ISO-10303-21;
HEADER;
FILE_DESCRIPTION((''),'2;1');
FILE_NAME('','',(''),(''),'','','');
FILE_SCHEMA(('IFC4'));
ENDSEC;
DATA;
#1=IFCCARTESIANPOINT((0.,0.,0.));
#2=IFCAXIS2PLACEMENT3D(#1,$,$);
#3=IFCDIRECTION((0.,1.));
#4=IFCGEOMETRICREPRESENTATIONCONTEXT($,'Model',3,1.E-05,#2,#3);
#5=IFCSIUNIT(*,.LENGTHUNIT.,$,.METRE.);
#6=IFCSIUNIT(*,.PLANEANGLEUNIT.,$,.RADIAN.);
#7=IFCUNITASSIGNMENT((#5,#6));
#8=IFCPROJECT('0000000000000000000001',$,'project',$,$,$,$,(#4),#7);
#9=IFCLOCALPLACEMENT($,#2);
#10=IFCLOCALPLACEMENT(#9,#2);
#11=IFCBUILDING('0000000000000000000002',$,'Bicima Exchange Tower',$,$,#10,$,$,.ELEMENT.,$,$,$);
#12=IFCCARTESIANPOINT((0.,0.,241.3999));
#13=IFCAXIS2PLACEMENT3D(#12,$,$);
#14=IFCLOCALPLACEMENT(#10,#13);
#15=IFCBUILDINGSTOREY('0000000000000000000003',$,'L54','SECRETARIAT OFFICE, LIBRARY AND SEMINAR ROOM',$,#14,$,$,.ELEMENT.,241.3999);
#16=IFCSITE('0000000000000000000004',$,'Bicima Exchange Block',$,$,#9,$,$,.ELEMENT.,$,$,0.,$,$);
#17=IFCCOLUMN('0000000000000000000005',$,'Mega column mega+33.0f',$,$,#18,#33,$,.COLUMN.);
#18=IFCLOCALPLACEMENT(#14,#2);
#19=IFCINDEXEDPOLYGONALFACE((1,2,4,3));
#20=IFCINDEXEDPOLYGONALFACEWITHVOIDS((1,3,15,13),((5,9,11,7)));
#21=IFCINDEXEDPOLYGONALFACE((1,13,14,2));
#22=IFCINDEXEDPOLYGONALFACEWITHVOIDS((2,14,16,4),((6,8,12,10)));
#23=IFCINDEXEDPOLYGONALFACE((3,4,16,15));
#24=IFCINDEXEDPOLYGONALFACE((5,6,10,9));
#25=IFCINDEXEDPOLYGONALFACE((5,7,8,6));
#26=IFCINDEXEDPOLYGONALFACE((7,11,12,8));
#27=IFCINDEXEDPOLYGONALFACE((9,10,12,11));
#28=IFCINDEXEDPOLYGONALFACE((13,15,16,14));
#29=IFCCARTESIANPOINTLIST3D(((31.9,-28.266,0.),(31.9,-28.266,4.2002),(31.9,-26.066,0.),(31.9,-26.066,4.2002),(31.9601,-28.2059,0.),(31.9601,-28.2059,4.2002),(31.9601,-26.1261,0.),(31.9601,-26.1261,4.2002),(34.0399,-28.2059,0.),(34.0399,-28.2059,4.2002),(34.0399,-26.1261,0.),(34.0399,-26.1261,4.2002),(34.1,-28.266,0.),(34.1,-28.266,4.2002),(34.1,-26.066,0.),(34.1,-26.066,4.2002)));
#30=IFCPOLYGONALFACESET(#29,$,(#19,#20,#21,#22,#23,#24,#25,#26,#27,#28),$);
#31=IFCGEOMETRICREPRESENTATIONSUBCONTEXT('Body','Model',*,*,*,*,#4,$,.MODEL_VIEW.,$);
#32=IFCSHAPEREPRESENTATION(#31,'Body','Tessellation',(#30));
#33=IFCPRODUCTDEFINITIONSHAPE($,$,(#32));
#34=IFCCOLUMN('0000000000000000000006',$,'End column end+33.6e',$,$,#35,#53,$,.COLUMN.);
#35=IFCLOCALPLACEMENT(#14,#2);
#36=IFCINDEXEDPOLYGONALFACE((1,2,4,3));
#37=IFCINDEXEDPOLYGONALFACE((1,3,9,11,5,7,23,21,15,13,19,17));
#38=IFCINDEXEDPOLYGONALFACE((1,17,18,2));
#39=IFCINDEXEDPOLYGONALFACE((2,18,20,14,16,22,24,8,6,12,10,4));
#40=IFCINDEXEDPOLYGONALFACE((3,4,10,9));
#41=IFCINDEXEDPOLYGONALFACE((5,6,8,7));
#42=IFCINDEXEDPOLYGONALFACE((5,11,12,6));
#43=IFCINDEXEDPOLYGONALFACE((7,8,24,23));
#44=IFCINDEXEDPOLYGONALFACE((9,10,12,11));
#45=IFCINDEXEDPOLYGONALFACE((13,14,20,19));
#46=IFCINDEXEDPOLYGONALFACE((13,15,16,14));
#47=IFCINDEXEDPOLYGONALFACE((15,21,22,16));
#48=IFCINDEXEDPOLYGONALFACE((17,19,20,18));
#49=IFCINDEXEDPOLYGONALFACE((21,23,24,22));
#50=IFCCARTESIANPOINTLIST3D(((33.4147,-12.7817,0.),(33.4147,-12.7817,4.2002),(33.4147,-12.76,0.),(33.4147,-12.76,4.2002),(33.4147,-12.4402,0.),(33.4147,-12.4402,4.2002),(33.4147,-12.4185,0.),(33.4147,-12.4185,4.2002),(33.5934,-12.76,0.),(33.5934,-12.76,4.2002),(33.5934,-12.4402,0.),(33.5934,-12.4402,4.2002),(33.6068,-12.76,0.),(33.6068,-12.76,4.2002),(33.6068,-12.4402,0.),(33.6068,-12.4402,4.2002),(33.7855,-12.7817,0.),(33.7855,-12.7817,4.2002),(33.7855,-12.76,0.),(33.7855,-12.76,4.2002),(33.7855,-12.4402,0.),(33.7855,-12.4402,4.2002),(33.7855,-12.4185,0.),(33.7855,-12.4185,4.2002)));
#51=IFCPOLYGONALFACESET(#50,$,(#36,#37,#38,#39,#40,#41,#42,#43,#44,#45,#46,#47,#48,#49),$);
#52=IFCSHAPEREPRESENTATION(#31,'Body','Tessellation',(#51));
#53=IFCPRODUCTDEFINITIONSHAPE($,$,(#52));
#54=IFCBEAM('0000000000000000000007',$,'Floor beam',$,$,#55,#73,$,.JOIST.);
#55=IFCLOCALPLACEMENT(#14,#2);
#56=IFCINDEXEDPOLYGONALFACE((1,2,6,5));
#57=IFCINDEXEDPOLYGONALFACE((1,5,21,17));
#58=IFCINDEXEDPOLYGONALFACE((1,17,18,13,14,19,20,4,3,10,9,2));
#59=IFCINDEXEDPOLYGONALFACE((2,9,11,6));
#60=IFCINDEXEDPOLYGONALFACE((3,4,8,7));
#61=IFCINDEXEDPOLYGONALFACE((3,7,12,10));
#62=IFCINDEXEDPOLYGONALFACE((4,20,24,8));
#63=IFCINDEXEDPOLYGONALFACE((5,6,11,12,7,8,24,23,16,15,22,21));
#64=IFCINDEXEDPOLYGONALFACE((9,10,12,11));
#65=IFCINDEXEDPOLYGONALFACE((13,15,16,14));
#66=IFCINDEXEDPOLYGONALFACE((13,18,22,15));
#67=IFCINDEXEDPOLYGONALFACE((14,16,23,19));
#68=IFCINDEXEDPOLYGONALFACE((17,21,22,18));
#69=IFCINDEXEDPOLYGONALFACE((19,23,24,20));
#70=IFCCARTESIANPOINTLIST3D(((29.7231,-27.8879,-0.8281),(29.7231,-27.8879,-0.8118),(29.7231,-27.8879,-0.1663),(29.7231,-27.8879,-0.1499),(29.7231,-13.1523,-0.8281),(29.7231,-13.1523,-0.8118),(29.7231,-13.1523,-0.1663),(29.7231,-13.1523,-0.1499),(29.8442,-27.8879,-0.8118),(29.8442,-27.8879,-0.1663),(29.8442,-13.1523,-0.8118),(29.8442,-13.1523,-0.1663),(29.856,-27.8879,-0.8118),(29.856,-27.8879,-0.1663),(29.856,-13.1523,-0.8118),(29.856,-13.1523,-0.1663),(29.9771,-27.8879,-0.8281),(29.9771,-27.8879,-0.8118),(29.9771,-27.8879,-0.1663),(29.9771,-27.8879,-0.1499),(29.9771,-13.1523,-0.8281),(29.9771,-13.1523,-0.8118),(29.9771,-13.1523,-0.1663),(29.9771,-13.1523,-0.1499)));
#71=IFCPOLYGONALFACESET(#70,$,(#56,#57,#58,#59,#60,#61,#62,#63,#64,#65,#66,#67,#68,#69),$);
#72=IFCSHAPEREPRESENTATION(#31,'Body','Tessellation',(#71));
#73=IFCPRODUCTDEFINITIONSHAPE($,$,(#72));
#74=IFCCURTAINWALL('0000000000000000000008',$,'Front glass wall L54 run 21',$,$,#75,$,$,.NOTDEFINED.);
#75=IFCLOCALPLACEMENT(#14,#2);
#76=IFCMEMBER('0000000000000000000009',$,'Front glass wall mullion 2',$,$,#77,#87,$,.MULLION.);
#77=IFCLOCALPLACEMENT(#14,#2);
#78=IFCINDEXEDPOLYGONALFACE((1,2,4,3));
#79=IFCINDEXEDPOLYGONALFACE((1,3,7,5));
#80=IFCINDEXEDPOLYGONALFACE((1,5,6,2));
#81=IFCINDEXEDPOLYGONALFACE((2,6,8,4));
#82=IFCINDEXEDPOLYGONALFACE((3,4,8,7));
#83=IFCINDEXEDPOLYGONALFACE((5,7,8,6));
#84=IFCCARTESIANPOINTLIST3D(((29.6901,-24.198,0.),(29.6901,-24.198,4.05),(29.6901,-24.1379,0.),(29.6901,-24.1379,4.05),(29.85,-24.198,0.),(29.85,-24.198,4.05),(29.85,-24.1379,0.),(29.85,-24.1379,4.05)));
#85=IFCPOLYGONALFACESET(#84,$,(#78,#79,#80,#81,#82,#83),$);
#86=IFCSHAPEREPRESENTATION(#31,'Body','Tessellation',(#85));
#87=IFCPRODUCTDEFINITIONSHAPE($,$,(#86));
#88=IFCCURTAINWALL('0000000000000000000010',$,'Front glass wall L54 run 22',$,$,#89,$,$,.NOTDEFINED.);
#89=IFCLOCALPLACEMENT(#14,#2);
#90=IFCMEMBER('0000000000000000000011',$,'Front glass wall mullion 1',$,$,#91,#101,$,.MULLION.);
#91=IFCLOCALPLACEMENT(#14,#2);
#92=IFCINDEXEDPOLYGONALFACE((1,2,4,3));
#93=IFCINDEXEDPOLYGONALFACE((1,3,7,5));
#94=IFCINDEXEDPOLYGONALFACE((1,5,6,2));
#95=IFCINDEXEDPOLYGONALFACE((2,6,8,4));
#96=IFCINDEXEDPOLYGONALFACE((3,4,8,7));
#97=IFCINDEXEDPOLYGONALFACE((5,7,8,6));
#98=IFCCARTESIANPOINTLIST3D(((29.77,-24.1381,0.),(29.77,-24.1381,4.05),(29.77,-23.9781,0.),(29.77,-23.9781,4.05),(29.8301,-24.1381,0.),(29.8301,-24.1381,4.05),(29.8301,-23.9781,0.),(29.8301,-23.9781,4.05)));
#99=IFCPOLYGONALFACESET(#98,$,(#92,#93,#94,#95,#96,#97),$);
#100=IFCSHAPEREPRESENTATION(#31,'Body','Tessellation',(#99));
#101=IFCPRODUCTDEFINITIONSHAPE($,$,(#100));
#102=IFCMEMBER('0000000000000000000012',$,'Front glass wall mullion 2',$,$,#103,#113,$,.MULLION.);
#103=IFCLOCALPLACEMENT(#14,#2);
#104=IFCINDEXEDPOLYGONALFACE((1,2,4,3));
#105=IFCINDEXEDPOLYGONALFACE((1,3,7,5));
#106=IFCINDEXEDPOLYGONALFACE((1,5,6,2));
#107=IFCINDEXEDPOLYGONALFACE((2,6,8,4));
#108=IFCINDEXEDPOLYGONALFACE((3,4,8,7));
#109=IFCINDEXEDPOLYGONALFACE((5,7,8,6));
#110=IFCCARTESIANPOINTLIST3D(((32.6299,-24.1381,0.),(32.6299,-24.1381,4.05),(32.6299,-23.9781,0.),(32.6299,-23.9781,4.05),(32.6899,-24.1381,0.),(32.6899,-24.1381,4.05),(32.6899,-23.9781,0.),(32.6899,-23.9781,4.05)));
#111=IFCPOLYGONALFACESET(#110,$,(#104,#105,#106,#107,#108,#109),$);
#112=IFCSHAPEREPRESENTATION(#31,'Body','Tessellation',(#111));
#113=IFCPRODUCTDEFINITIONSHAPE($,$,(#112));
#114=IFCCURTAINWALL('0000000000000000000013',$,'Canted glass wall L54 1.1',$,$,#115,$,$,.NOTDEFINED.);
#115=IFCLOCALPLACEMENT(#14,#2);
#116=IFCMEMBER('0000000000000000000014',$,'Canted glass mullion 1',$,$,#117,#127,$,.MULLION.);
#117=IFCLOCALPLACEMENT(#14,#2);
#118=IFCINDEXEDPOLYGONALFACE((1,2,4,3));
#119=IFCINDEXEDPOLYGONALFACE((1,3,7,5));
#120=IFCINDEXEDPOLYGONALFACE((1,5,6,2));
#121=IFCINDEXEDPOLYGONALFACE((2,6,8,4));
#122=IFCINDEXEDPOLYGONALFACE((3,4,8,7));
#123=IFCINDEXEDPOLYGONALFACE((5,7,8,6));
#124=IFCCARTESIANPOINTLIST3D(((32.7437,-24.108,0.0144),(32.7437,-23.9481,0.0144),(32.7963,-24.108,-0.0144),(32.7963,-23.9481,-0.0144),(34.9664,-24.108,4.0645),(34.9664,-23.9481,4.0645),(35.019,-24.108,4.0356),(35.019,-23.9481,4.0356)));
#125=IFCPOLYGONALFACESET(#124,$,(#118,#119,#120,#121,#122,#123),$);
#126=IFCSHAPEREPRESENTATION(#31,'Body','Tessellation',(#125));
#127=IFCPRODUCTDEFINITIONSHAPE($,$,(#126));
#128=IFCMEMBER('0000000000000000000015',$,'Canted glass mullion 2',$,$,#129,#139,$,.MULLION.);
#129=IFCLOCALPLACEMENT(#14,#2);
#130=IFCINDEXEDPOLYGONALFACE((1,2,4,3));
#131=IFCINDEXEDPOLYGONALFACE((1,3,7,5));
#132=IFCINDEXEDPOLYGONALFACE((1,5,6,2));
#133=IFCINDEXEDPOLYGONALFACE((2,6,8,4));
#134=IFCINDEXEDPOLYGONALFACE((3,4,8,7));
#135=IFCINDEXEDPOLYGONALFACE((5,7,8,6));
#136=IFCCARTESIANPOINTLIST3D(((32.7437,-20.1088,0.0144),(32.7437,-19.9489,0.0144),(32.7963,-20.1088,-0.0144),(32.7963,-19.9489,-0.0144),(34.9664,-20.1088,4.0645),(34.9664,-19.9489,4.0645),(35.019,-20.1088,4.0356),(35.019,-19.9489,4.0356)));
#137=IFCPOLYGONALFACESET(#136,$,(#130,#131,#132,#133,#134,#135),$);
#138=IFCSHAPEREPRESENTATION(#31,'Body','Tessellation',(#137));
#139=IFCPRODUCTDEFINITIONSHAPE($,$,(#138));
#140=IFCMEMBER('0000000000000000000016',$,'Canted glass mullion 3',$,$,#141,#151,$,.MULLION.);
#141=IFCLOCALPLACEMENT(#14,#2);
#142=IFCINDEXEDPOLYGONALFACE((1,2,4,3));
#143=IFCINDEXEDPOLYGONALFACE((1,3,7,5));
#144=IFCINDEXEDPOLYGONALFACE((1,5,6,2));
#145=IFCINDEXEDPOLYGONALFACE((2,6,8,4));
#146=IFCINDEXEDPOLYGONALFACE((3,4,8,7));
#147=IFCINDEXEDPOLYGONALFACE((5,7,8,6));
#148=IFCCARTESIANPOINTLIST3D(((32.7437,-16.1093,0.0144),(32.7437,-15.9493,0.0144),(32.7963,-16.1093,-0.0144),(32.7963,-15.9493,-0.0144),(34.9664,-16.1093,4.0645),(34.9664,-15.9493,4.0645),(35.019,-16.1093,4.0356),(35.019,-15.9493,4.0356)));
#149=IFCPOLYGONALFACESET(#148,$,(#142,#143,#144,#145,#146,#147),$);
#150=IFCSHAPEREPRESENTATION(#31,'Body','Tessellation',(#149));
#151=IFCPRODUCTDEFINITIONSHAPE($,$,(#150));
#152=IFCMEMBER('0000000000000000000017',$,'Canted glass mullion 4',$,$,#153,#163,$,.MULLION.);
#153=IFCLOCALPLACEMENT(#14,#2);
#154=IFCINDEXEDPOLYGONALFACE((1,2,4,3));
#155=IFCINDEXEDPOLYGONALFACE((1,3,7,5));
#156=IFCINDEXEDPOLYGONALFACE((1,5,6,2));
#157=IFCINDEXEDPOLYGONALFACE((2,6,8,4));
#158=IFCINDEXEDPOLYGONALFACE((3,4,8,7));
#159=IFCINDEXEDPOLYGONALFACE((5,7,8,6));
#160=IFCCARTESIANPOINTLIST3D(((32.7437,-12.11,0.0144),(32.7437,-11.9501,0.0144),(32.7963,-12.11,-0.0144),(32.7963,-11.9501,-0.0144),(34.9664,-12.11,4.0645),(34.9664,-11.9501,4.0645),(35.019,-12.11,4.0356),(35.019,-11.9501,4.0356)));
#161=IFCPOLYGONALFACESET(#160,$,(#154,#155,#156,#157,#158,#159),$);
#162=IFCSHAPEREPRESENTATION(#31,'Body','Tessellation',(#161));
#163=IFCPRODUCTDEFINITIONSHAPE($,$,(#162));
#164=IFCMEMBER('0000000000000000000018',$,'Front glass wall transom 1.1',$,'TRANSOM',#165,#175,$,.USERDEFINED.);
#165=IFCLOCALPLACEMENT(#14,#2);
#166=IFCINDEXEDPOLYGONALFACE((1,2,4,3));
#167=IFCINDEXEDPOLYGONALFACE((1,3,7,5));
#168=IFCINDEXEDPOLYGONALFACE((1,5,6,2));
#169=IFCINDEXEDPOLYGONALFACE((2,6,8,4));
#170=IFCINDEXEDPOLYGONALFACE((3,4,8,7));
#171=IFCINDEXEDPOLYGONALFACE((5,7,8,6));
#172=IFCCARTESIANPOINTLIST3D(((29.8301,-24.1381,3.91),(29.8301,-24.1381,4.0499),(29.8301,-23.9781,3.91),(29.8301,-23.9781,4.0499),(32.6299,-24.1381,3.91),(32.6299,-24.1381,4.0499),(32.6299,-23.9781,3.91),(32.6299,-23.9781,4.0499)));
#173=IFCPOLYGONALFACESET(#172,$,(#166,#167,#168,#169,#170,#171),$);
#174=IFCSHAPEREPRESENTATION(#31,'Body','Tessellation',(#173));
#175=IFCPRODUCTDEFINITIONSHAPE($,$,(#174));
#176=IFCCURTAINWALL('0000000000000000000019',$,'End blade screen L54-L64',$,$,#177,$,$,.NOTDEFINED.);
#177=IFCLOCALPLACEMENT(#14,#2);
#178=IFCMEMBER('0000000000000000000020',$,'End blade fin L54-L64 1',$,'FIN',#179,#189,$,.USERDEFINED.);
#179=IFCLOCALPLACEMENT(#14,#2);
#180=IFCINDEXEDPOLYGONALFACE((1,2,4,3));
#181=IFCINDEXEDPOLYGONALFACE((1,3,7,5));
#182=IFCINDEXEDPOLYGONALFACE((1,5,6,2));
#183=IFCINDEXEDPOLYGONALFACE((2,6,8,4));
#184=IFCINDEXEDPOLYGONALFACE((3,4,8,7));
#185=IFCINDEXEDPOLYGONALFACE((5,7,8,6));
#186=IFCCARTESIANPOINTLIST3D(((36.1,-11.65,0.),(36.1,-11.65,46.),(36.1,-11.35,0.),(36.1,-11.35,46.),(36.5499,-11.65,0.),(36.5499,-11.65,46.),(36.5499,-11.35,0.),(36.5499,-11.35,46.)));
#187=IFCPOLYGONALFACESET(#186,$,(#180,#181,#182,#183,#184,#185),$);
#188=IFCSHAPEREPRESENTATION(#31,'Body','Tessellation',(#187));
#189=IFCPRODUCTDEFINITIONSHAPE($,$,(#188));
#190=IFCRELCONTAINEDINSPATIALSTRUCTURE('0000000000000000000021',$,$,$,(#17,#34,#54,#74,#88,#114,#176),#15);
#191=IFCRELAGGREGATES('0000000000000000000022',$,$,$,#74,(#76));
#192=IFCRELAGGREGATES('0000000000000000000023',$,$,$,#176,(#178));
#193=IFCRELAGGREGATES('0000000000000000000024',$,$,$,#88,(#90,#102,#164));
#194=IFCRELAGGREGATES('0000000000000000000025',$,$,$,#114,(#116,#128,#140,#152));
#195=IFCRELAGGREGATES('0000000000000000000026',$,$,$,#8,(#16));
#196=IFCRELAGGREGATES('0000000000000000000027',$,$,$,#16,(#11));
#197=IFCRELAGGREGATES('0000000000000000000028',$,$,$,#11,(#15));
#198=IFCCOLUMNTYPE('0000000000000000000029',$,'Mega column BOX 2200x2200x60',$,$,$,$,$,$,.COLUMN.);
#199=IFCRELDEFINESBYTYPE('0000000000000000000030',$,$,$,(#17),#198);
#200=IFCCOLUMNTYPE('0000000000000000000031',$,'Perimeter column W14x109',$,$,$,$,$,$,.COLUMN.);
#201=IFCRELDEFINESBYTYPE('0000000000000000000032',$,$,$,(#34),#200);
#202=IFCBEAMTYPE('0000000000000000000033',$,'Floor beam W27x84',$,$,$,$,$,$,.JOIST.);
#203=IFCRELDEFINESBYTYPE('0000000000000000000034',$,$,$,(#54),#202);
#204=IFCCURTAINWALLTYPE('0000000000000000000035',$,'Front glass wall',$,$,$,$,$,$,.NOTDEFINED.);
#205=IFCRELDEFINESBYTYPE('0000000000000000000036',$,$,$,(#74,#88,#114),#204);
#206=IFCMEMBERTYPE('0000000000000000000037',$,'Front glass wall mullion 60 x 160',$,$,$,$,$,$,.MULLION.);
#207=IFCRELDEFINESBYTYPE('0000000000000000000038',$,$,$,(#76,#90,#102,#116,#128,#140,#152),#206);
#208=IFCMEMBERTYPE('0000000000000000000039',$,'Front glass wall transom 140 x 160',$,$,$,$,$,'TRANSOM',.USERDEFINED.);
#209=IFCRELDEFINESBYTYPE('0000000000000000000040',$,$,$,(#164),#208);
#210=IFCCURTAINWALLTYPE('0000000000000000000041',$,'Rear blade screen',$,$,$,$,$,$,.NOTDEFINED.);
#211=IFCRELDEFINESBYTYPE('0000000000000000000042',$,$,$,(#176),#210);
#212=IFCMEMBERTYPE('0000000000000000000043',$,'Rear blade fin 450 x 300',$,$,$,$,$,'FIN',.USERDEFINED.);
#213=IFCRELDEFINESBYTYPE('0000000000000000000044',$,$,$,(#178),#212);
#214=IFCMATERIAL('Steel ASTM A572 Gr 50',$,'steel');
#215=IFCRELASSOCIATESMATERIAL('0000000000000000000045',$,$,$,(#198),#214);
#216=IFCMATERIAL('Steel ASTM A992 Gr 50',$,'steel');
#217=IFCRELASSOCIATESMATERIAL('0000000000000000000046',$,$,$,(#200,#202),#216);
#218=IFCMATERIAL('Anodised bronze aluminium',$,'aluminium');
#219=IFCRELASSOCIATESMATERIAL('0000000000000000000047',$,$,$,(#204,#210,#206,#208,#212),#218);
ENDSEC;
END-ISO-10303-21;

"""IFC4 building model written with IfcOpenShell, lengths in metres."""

from ifc_helpers import new_model, si_unit, direction, frame, origin, origin_2d, place, context, subcontext, project, spatial, rectangle, hollow_rectangle, i_section, extrude, material, material_profile, profile_set, type_object, element, aggregate, save


model = new_model("IFC4")

# Units and contexts
model_context = context("Model", 3, precision=1e-05, world=origin(), true_north=direction((0.0, 1.0)))
body_context = subcontext(model_context, "Body", "Model", "MODEL_VIEW")
ifc_project = project(units=[si_unit("LENGTHUNIT", "METRE"), si_unit("PLANEANGLEUNIT", "RADIAN")], contexts=[model_context])

# Site, building, storey
site_placement = place(None, origin())
site = spatial("IfcSite", under=ifc_project, at=site_placement, Name="Bicima Exchange Block", CompositionType="ELEMENT", RefElevation=0.0)
building_placement = place(site_placement, origin())
building = spatial("IfcBuilding", under=site, at=building_placement, Name="Bicima Exchange Tower", CompositionType="ELEMENT")
storey_placement = place(building_placement, frame((0.0, 0.0, 241.3999)))
storey = spatial("IfcBuildingStorey", under=building, at=storey_placement, Name="L54", Description="SECRETARIAT OFFICE, LIBRARY AND SEMINAR ROOM", CompositionType="ELEMENT", Elevation=241.3999)

# Columns
ifc_material_1 = material(Name="Steel ASTM A572 Gr 50", Category="steel")
ifc_material_profile_1 = material_profile(ifc_material_1, hollow_rectangle(XDim=2.2, YDim=2.2, WallThickness=0.0601, at=origin_2d()))
ifc_profile_set_1 = profile_set([ifc_material_profile_1], Name="Steel ASTM A572 Gr 50")
column_type_1 = type_object("IfcColumnType", Name="Mega column BOX 2200x2200x60", PredefinedType="COLUMN", material=ifc_profile_set_1)
column_1_placement = place(storey_placement, frame((33.0, -27.166, 0.0), z_axis=(0.0, 0.0, 1.0), x_axis=(1.0, 0.0, 0.0)))
element("IfcColumn", 1, at=column_1_placement, inside=storey, type_object=column_type_1, Name="Mega column mega+33.0f", PredefinedType="COLUMN", context=body_context, shape_type="SweptSolid", body=[
    extrude(hollow_rectangle(XDim=2.2, YDim=2.2, WallThickness=0.0601, at=origin_2d()), origin(), (0.0, 0.0, 1.0), 4.2002),
])
ifc_material_2 = material(Name="Steel ASTM A992 Gr 50", Category="steel")
ifc_material_profile_2 = material_profile(ifc_material_2, i_section(OverallWidth=0.3708, OverallDepth=0.3633, WebThickness=0.0134, FlangeThickness=0.0217, at=origin_2d()))
ifc_profile_set_2 = profile_set([ifc_material_profile_2], Name="Steel ASTM A992 Gr 50")
column_type_2 = type_object("IfcColumnType", Name="Perimeter column W14x109", PredefinedType="COLUMN", material=ifc_profile_set_2)
column_2_placement = place(storey_placement, frame((33.6001, -12.6001, 0.0), z_axis=(0.0, 0.0, 1.0), x_axis=(1.0, 0.0, 0.0)))
element("IfcColumn", 2, at=column_2_placement, inside=storey, type_object=column_type_2, Name="End column end+33.6e", PredefinedType="COLUMN", context=body_context, shape_type="SweptSolid", body=[
    extrude(i_section(OverallWidth=0.3708, OverallDepth=0.3633, WebThickness=0.0134, FlangeThickness=0.0217, at=origin_2d()), origin(), (0.0, 0.0, 1.0), 4.2002),
])

# Beam
ifc_material_profile_3 = material_profile(ifc_material_2, i_section(OverallWidth=0.2539, OverallDepth=0.6782, WebThickness=0.0117, FlangeThickness=0.0164, at=origin_2d()))
ifc_profile_set_3 = profile_set([ifc_material_profile_3], Name="Steel ASTM A992 Gr 50")
beam_type = type_object("IfcBeamType", Name="Floor beam W27x84", PredefinedType="JOIST", material=ifc_profile_set_3)
beam_placement = place(storey_placement, frame((29.8501, -13.1523, -0.489), z_axis=(0.0, -1.0, 0.0), x_axis=(1.0, 0.0, 0.0)))
element("IfcBeam", 3, at=beam_placement, inside=storey, type_object=beam_type, Name="Floor beam", PredefinedType="JOIST", context=body_context, shape_type="SweptSolid", body=[
    extrude(i_section(OverallWidth=0.2539, OverallDepth=0.6782, WebThickness=0.0117, FlangeThickness=0.0164, at=origin_2d()), origin(), (0.0, 0.0, 1.0), 14.7356),
])

# Curtain wall, member
ifc_material_3 = material(Name="Anodised bronze aluminium", Category="aluminium")
curtain_wall_type_1 = type_object("IfcCurtainWallType", Name="Front glass wall", PredefinedType="NOTDEFINED", material=ifc_material_3)
curtain_wall_1_placement = place(storey_placement, origin())
curtain_wall_1 = element("IfcCurtainWall", 4, at=curtain_wall_1_placement, inside=storey, type_object=curtain_wall_type_1, Name="Front glass wall L54 run 21", PredefinedType="NOTDEFINED")
ifc_material_profile_4 = material_profile(ifc_material_3, rectangle(XDim=0.1599, YDim=0.0601, at=origin_2d()))
ifc_profile_set_4 = profile_set([ifc_material_profile_4], Name="Anodised bronze aluminium")
member_type_1 = type_object("IfcMemberType", Name="Front glass wall mullion 60 x 160", PredefinedType="MULLION", material=ifc_profile_set_4)
member_1_placement = place(storey_placement, frame((29.77, -24.168, 0.0), z_axis=(0.0, 0.0, 1.0), x_axis=(-1.0, 0.0, 0.0)))
member_1 = element("IfcMember", 5, at=member_1_placement, type_object=member_type_1, Name="Front glass wall mullion 2", PredefinedType="MULLION", context=body_context, shape_type="SweptSolid", body=[
    extrude(rectangle(XDim=0.1599, YDim=0.0601, at=origin_2d()), origin(), (0.0, 0.0, 1.0), 4.05),
])
aggregate(curtain_wall_1, [member_1])

# Curtain walls, members
curtain_wall_2_placement = place(storey_placement, origin())
curtain_wall_2 = element("IfcCurtainWall", 6, at=curtain_wall_2_placement, inside=storey, type_object=curtain_wall_type_1, Name="Front glass wall L54 run 22", PredefinedType="NOTDEFINED")
member_2_placement = place(storey_placement, frame((29.8, -24.0581, 0.0), z_axis=(0.0, 0.0, 1.0), x_axis=(0.0, 1.0, 0.0)))
member_2 = element("IfcMember", 7, at=member_2_placement, type_object=member_type_1, Name="Front glass wall mullion 1", PredefinedType="MULLION", context=body_context, shape_type="SweptSolid", body=[
    extrude(rectangle(XDim=0.1599, YDim=0.0601, at=origin_2d()), origin(), (0.0, 0.0, 1.0), 4.05),
])
member_3_placement = place(storey_placement, frame((32.6599, -24.0581, 0.0), z_axis=(0.0, 0.0, 1.0), x_axis=(0.0, 1.0, 0.0)))
member_3 = element("IfcMember", 8, at=member_3_placement, type_object=member_type_1, Name="Front glass wall mullion 2", PredefinedType="MULLION", context=body_context, shape_type="SweptSolid", body=[
    extrude(rectangle(XDim=0.1599, YDim=0.0601, at=origin_2d()), origin(), (0.0, 0.0, 1.0), 4.05),
])
curtain_wall_3_placement = place(storey_placement, origin())
curtain_wall_3 = element("IfcCurtainWall", 9, at=curtain_wall_3_placement, inside=storey, type_object=curtain_wall_type_1, Name="Canted glass wall L54 1.1", PredefinedType="NOTDEFINED")
member_4_placement = place(storey_placement, frame((32.77, -24.0281, 0.0), z_axis=(0.481109, 0.0, 0.876661), x_axis=(0.0, -1.0, 0.0)))
member_4 = element("IfcMember", 10, at=member_4_placement, type_object=member_type_1, Name="Canted glass mullion 1", PredefinedType="MULLION", context=body_context, shape_type="SweptSolid", body=[
    extrude(rectangle(XDim=0.1599, YDim=0.0601, at=origin_2d()), origin(), (0.0, 0.0, 1.0), 4.6199),
])
member_5_placement = place(storey_placement, frame((32.77, -20.0288, 0.0), z_axis=(0.481109, 0.0, 0.876661), x_axis=(0.0, -1.0, 0.0)))
member_5 = element("IfcMember", 11, at=member_5_placement, type_object=member_type_1, Name="Canted glass mullion 2", PredefinedType="MULLION", context=body_context, shape_type="SweptSolid", body=[
    extrude(rectangle(XDim=0.1599, YDim=0.0601, at=origin_2d()), origin(), (0.0, 0.0, 1.0), 4.6199),
])
member_6_placement = place(storey_placement, frame((32.77, -16.0293, 0.0), z_axis=(0.481109, 0.0, 0.876661), x_axis=(0.0, -1.0, 0.0)))
member_6 = element("IfcMember", 12, at=member_6_placement, type_object=member_type_1, Name="Canted glass mullion 3", PredefinedType="MULLION", context=body_context, shape_type="SweptSolid", body=[
    extrude(rectangle(XDim=0.1599, YDim=0.0601, at=origin_2d()), origin(), (0.0, 0.0, 1.0), 4.6199),
])
member_7_placement = place(storey_placement, frame((32.77, -12.03, 0.0), z_axis=(0.481109, 0.0, 0.876661), x_axis=(0.0, -1.0, 0.0)))
member_7 = element("IfcMember", 13, at=member_7_placement, type_object=member_type_1, Name="Canted glass mullion 4", PredefinedType="MULLION", context=body_context, shape_type="SweptSolid", body=[
    extrude(rectangle(XDim=0.1599, YDim=0.0601, at=origin_2d()), origin(), (0.0, 0.0, 1.0), 4.6199),
])

# Member
ifc_material_profile_5 = material_profile(ifc_material_3, rectangle(XDim=0.1599, YDim=0.1399, at=origin_2d()))
ifc_profile_set_5 = profile_set([ifc_material_profile_5], Name="Anodised bronze aluminium")
member_type_2 = type_object("IfcMemberType", Name="Front glass wall transom 140 x 160", ElementType="TRANSOM", PredefinedType="USERDEFINED", material=ifc_profile_set_5)
member_8_placement = place(storey_placement, frame((29.8301, -24.0581, 3.98), z_axis=(1.0, 0.0, 0.0), x_axis=(0.0, 1.0, 0.0)))
member_8 = element("IfcMember", 14, at=member_8_placement, type_object=member_type_2, Name="Front glass wall transom 1.1", ObjectType="TRANSOM", PredefinedType="USERDEFINED", context=body_context, shape_type="SweptSolid", body=[
    extrude(rectangle(XDim=0.1599, YDim=0.1399, at=origin_2d()), origin(), (0.0, 0.0, 1.0), 2.7998),
])

# Curtain wall, member
curtain_wall_type_2 = type_object("IfcCurtainWallType", Name="Rear blade screen", PredefinedType="NOTDEFINED", material=ifc_material_3)
curtain_wall_4_placement = place(storey_placement, origin())
curtain_wall_4 = element("IfcCurtainWall", 15, at=curtain_wall_4_placement, inside=storey, type_object=curtain_wall_type_2, Name="End blade screen L54-L64", PredefinedType="NOTDEFINED")
ifc_material_profile_6 = material_profile(ifc_material_3, rectangle(XDim=0.45, YDim=0.3, at=origin_2d()))
ifc_profile_set_6 = profile_set([ifc_material_profile_6], Name="Anodised bronze aluminium")
member_type_3 = type_object("IfcMemberType", Name="Rear blade fin 450 x 300", ElementType="FIN", PredefinedType="USERDEFINED", material=ifc_profile_set_6)
member_9_placement = place(storey_placement, frame((36.325, -11.5, 0.0), z_axis=(0.0, 0.0, 1.0), x_axis=(1.0, 0.0, 0.0)))
member_9 = element("IfcMember", 16, at=member_9_placement, type_object=member_type_3, Name="End blade fin L54-L64 1", ObjectType="FIN", PredefinedType="USERDEFINED", context=body_context, shape_type="SweptSolid", body=[
    extrude(rectangle(XDim=0.45, YDim=0.3, at=origin_2d()), origin(), (0.0, 0.0, 1.0), 46.0),
])
aggregate(curtain_wall_4, [member_9])

aggregate(curtain_wall_2, [member_2, member_3, member_8])
aggregate(curtain_wall_3, [member_4, member_5, member_6, member_7])

save(model, "model.ifc")
